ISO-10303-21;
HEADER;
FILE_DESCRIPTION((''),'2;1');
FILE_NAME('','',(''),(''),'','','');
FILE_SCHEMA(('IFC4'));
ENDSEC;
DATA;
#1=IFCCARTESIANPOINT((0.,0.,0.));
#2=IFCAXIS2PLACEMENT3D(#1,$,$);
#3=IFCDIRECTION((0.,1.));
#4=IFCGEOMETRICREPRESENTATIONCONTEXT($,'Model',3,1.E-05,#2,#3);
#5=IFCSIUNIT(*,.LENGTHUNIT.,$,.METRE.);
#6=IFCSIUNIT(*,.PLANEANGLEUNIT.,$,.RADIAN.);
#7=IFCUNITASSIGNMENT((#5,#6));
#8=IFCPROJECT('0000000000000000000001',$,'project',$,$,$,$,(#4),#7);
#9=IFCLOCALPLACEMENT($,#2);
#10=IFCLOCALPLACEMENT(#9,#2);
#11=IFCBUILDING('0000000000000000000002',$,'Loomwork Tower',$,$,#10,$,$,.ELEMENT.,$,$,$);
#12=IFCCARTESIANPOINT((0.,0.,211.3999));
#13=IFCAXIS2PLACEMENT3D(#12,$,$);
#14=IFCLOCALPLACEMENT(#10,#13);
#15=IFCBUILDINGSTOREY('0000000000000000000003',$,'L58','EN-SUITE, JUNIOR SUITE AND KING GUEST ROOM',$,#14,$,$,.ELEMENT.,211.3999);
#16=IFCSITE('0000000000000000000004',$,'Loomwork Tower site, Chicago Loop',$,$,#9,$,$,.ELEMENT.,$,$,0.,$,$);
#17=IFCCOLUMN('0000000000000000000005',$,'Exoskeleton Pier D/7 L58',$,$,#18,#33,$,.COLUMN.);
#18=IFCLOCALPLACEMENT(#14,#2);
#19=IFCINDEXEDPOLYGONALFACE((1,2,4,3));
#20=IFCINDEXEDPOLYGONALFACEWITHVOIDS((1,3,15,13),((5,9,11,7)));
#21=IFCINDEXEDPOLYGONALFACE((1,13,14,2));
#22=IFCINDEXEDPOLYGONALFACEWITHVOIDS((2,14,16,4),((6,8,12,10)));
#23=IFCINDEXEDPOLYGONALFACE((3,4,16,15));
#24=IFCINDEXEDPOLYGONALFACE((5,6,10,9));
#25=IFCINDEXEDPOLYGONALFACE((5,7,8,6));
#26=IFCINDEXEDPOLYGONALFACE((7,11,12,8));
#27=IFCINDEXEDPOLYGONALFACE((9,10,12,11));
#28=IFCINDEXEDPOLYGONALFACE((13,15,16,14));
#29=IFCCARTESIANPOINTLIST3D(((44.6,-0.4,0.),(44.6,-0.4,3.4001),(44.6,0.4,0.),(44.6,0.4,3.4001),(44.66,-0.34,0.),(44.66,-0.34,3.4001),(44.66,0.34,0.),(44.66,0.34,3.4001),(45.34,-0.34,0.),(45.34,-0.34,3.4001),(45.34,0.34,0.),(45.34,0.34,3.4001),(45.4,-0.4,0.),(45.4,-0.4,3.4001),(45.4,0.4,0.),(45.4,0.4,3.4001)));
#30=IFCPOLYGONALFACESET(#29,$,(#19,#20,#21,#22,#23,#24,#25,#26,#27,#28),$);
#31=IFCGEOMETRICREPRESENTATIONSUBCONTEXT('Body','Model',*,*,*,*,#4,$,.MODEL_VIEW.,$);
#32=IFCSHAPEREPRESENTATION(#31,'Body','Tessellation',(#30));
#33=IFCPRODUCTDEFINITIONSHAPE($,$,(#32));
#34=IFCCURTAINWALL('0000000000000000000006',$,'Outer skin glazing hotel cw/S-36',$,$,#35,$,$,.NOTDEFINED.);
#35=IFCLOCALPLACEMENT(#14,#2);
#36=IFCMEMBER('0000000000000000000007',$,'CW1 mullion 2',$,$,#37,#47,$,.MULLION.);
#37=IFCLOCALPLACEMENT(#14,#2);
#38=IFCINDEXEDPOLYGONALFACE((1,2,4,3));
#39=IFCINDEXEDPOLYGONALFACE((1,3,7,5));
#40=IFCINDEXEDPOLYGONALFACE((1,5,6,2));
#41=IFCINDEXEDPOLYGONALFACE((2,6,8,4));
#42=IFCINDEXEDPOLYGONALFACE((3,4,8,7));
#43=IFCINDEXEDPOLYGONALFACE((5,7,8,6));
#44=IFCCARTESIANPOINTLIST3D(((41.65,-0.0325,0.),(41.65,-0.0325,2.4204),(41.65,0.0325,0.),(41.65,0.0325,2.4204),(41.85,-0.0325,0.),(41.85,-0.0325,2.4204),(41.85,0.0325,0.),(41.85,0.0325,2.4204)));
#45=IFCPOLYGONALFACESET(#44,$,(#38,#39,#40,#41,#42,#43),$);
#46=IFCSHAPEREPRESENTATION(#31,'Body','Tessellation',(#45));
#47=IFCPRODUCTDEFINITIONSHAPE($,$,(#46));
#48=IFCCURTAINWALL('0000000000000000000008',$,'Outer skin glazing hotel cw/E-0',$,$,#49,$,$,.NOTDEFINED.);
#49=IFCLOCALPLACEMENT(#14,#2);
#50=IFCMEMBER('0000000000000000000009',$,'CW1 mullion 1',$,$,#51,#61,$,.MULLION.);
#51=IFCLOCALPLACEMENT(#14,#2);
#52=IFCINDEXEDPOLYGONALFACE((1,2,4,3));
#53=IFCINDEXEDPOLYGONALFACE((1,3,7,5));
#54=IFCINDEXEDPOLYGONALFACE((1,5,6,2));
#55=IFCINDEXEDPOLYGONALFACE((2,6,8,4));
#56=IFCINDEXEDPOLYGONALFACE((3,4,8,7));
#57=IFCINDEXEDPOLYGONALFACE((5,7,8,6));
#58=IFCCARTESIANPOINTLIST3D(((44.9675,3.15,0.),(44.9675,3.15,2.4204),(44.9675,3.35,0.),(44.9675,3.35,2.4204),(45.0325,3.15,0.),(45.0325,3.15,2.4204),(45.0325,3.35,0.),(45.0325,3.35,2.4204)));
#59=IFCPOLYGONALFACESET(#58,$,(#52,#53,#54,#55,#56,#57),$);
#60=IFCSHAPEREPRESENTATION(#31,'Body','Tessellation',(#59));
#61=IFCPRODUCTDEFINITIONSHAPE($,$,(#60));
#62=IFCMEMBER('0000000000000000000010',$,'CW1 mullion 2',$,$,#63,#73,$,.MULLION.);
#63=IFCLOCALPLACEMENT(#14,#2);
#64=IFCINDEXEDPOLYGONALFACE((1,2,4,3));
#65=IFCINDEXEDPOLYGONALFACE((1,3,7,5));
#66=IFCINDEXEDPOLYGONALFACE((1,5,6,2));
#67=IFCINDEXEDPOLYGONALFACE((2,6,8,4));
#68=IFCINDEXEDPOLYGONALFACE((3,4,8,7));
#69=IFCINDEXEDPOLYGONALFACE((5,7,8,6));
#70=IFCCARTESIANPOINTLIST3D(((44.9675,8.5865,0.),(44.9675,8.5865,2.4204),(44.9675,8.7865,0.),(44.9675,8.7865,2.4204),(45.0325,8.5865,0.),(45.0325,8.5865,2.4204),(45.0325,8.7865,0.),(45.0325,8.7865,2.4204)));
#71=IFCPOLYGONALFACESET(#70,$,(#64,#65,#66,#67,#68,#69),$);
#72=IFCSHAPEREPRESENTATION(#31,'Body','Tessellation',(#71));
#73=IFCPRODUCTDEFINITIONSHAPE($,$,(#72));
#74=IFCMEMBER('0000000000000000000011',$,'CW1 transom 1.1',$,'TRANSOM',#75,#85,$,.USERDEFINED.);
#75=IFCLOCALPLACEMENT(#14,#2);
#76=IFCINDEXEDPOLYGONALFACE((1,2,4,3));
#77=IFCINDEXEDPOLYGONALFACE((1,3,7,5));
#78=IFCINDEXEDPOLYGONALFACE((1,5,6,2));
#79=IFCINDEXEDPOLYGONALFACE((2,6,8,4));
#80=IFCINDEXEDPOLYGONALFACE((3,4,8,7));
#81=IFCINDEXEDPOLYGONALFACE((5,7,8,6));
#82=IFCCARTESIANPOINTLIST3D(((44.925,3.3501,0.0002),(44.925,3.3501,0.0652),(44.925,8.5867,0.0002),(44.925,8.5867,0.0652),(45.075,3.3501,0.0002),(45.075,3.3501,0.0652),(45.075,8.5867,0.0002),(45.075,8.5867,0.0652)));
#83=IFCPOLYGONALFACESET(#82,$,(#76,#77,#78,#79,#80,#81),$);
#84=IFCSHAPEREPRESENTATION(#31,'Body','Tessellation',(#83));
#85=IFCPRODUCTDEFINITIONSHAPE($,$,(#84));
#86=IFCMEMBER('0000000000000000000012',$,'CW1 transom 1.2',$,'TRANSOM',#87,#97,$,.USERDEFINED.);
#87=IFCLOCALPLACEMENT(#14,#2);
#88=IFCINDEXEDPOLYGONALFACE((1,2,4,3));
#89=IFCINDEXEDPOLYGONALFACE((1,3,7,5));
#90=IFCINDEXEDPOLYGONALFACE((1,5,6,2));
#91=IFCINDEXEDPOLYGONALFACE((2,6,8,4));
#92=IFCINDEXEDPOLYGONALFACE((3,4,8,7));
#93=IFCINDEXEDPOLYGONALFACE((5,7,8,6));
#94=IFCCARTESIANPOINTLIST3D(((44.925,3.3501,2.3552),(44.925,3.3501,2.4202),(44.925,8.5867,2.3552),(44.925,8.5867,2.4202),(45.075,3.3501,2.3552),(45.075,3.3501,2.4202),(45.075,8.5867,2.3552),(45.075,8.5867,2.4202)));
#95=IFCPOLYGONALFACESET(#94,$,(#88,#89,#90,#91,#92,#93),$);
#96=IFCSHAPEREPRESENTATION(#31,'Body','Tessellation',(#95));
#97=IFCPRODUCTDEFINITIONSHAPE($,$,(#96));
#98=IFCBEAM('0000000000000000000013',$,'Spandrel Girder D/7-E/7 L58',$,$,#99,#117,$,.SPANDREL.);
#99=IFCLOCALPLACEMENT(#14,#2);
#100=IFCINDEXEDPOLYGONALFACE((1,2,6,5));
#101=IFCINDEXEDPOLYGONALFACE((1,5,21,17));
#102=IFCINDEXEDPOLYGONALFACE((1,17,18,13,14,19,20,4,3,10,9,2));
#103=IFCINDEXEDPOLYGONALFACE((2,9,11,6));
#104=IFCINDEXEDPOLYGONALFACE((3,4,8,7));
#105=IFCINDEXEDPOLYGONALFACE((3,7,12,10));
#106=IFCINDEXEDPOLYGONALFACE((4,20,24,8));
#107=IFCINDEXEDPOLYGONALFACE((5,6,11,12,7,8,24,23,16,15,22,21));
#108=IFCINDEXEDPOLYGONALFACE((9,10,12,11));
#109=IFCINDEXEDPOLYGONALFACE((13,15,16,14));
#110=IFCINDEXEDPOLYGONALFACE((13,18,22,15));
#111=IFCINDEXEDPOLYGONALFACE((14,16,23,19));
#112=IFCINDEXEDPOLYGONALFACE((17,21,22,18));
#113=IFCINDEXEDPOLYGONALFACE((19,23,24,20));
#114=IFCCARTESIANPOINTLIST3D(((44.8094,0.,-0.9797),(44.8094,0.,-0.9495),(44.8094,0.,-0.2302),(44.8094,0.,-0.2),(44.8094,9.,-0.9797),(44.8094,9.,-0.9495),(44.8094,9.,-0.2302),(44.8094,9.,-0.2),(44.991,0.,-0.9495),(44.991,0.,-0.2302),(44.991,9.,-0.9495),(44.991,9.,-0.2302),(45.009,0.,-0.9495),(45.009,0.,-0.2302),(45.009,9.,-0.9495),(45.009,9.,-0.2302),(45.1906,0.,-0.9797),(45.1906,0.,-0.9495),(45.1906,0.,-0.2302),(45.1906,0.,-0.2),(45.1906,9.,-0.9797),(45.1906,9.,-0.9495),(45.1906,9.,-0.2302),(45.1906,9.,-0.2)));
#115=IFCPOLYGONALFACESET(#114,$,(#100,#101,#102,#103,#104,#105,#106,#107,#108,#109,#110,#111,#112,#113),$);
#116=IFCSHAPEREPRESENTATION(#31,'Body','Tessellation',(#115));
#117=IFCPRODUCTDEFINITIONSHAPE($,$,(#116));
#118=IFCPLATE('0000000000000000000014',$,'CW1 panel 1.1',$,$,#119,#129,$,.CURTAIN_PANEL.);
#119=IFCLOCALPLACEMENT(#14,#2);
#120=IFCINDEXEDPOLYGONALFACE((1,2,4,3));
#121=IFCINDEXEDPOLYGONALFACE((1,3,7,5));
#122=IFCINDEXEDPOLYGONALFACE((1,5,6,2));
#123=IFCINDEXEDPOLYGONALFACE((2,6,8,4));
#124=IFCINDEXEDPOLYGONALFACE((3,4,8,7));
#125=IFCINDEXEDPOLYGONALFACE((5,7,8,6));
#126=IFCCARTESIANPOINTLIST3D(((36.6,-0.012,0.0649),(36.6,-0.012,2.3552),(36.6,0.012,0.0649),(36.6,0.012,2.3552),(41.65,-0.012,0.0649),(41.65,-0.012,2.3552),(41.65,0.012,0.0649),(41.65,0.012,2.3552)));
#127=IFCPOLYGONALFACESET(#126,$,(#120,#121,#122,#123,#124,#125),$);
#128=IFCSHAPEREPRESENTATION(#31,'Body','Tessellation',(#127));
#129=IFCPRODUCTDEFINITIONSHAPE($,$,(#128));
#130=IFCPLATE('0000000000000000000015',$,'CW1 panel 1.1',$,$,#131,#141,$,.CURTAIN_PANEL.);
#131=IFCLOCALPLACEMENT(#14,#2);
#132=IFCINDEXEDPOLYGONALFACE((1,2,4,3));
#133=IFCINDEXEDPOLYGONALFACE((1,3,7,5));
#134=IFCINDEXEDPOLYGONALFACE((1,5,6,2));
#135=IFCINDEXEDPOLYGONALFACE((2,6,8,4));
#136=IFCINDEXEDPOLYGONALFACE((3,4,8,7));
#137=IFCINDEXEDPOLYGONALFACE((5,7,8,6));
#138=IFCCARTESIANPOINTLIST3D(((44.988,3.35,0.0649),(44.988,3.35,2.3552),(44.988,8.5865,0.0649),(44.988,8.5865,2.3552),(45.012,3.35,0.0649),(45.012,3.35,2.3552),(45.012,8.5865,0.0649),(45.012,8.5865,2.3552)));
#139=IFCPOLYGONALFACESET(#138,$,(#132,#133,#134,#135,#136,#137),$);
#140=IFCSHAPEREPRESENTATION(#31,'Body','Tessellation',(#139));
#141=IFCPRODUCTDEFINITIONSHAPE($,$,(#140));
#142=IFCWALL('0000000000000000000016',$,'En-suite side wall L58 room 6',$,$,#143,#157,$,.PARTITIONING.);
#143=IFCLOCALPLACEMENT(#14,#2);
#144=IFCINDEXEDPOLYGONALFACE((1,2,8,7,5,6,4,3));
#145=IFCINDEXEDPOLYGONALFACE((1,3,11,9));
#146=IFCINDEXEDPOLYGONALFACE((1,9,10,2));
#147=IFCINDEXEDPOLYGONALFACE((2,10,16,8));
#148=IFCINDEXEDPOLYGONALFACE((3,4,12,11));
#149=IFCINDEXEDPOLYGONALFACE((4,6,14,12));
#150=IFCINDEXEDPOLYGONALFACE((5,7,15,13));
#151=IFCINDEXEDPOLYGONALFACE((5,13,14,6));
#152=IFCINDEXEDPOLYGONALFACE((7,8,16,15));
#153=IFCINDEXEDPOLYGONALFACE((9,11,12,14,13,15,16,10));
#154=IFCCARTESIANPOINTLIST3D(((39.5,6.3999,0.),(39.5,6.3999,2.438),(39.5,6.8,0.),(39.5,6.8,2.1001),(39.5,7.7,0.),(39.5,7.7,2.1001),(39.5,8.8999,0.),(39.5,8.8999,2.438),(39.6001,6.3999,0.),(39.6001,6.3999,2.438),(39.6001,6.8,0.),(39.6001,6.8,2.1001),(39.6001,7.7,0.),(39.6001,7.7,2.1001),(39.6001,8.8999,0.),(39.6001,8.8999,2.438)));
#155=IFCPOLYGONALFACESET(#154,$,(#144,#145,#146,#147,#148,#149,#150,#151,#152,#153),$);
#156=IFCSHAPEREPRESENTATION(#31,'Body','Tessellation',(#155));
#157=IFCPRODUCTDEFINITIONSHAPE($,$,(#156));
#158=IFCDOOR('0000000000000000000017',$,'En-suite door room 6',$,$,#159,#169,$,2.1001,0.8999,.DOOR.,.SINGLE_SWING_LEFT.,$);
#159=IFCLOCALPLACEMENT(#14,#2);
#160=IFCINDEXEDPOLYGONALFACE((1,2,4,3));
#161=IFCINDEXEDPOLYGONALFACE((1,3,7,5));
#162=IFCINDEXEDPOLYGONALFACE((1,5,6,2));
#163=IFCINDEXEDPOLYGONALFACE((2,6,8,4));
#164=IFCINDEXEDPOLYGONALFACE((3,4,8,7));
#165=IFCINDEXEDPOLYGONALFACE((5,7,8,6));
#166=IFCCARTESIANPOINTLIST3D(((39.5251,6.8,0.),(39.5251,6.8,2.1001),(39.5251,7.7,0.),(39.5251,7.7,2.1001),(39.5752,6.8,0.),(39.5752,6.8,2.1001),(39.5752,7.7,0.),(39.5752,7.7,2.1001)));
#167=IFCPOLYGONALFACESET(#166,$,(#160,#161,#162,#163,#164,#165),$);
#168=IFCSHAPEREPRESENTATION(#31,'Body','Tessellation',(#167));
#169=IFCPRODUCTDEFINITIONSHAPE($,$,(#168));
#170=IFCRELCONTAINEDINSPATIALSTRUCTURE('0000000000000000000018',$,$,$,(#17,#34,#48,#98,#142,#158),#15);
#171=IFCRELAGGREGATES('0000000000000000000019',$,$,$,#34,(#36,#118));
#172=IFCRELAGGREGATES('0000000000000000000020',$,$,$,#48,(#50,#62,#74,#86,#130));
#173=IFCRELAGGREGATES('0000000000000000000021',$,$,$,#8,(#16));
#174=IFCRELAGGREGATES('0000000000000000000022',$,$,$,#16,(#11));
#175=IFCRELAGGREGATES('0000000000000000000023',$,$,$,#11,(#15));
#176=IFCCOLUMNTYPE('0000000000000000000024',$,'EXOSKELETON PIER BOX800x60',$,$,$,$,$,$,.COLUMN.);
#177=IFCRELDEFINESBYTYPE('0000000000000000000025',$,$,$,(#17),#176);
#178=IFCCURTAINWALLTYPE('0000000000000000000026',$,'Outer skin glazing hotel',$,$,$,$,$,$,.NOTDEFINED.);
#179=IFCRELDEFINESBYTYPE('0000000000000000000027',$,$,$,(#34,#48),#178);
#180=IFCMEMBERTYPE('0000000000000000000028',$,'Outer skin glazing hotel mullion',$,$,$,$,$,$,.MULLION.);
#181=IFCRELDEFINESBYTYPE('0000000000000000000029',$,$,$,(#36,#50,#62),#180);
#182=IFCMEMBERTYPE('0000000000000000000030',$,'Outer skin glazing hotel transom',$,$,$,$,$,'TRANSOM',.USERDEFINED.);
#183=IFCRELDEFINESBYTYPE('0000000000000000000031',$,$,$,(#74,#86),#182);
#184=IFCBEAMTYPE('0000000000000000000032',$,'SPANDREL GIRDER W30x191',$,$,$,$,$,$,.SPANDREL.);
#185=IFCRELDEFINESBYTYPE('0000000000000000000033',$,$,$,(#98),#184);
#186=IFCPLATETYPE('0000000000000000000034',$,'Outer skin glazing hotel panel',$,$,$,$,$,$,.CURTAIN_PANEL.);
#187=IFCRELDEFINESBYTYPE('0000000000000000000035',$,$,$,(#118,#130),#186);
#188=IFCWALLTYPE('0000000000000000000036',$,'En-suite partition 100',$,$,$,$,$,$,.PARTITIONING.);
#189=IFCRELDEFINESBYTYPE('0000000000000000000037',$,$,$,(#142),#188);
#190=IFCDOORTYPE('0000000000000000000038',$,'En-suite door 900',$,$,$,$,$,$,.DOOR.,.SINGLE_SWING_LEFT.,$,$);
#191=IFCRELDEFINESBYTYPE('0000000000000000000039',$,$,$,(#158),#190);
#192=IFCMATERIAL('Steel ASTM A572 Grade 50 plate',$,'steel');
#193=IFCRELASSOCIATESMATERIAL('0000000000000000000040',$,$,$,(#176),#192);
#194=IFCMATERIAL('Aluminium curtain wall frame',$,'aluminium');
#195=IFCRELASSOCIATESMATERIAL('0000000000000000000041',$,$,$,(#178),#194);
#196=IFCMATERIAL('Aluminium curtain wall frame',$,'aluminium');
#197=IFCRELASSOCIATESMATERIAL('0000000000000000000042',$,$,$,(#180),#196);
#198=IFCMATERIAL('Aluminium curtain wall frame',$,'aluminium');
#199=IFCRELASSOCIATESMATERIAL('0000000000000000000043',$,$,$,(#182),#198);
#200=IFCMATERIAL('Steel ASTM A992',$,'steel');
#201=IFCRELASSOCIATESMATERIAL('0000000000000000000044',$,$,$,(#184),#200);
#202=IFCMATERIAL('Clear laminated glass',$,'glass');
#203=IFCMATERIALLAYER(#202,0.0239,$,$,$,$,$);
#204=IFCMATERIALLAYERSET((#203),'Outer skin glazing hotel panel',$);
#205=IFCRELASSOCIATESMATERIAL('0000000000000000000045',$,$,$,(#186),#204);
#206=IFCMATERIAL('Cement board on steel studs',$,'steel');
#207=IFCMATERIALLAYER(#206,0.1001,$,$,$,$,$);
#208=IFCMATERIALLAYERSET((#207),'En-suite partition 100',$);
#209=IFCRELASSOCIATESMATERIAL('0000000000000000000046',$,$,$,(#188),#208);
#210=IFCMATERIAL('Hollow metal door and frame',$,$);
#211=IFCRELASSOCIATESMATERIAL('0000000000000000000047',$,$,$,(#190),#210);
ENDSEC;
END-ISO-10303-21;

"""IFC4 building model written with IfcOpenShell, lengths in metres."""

from ifc_helpers import new_model, si_unit, direction, frame, frame_2d, origin, origin_2d, place, context, subcontext, project, spatial, rectangle, hollow_rectangle, i_section, extrude, material, layer, layer_set, material_profile, profile_set, type_object, element, fill, aggregate, save


model = new_model("IFC4")

# Units and contexts
model_context = context("Model", 3, precision=1e-05, world=origin(), true_north=direction((0.0, 1.0)))
body_context = subcontext(model_context, "Body", "Model", "MODEL_VIEW")
ifc_project = project(units=[si_unit("LENGTHUNIT", "METRE"), si_unit("PLANEANGLEUNIT", "RADIAN")], contexts=[model_context])

# Site, building, storey
site_placement = place(None, origin())
site = spatial("IfcSite", under=ifc_project, at=site_placement, Name="Loomwork Tower site, Chicago Loop", CompositionType="ELEMENT", RefElevation=0.0)
building_placement = place(site_placement, origin())
building = spatial("IfcBuilding", under=site, at=building_placement, Name="Loomwork Tower", CompositionType="ELEMENT")
storey_placement = place(building_placement, frame((0.0, 0.0, 211.3999)))
storey = spatial("IfcBuildingStorey", under=building, at=storey_placement, Name="L58", Description="EN-SUITE, JUNIOR SUITE AND KING GUEST ROOM", CompositionType="ELEMENT", Elevation=211.3999)

# Column
ifc_material_1 = material(Name="Steel ASTM A572 Grade 50 plate", Category="steel")
ifc_material_profile_1 = material_profile(ifc_material_1, hollow_rectangle(XDim=0.8, YDim=0.8, WallThickness=0.0601, at=origin_2d()), Name="BOX800x60")
ifc_profile_set_1 = profile_set([ifc_material_profile_1], Name="Steel ASTM A572 Grade 50 plate")
column_type = type_object("IfcColumnType", Name="EXOSKELETON PIER BOX800x60", PredefinedType="COLUMN", material=ifc_profile_set_1)
column_placement = place(storey_placement, frame((45.0, 0.0, 0.0), z_axis=(0.0, 0.0, 1.0), x_axis=(1.0, 0.0, 0.0)))
element("IfcColumn", 1, at=column_placement, inside=storey, type_object=column_type, Name="Exoskeleton Pier D/7 L58", PredefinedType="COLUMN", context=body_context, shape_type="SweptSolid", body=[
    extrude(hollow_rectangle(XDim=0.8, YDim=0.8, WallThickness=0.0601, at=origin_2d()), origin(), (0.0, 0.0, 1.0), 3.4001),
])

# Curtain wall, member
ifc_material_2 = material(Name="Aluminium curtain wall frame", Category="aluminium")
curtain_wall_type = type_object("IfcCurtainWallType", Name="Outer skin glazing hotel", PredefinedType="NOTDEFINED", material=ifc_material_2)
curtain_wall_1_placement = place(storey_placement, origin())
curtain_wall_1 = element("IfcCurtainWall", 2, at=curtain_wall_1_placement, inside=storey, type_object=curtain_wall_type, Name="Outer skin glazing hotel cw/S-36", PredefinedType="NOTDEFINED")
ifc_material_3 = material(Name="Aluminium curtain wall frame", Category="aluminium")
ifc_material_profile_2 = material_profile(ifc_material_3, rectangle(XDim=0.0649, YDim=0.2, at=origin_2d()), Name="AL 65x200")
ifc_profile_set_2 = profile_set([ifc_material_profile_2], Name="Aluminium curtain wall frame")
member_type_1 = type_object("IfcMemberType", Name="Outer skin glazing hotel mullion", PredefinedType="MULLION", material=ifc_profile_set_2)
member_1_placement = place(storey_placement, frame((41.75, 0.0, 0.0), z_axis=(0.0, 0.0, 1.0), x_axis=(0.0, 1.0, 0.0)))
member_1 = element("IfcMember", 3, at=member_1_placement, type_object=member_type_1, Name="CW1 mullion 2", PredefinedType="MULLION", context=body_context, shape_type="SweptSolid", body=[
    extrude(rectangle(XDim=0.0649, YDim=0.2, at=origin_2d()), origin(), (0.0, 0.0, 1.0), 2.4204),
])

# Curtain wall, members
curtain_wall_2_placement = place(storey_placement, origin())
curtain_wall_2 = element("IfcCurtainWall", 4, at=curtain_wall_2_placement, inside=storey, type_object=curtain_wall_type, Name="Outer skin glazing hotel cw/E-0", PredefinedType="NOTDEFINED")
member_2_placement = place(storey_placement, frame((45.0, 3.25, 0.0), z_axis=(0.0, 0.0, 1.0), x_axis=(-1.0, 0.0, 0.0)))
member_2 = element("IfcMember", 5, at=member_2_placement, type_object=member_type_1, Name="CW1 mullion 1", PredefinedType="MULLION", context=body_context, shape_type="SweptSolid", body=[
    extrude(rectangle(XDim=0.0649, YDim=0.2, at=origin_2d()), origin(), (0.0, 0.0, 1.0), 2.4204),
])
member_3_placement = place(storey_placement, frame((45.0, 8.6865, 0.0), z_axis=(0.0, 0.0, 1.0), x_axis=(-1.0, 0.0, 0.0)))
member_3 = element("IfcMember", 6, at=member_3_placement, type_object=member_type_1, Name="CW1 mullion 2", PredefinedType="MULLION", context=body_context, shape_type="SweptSolid", body=[
    extrude(rectangle(XDim=0.0649, YDim=0.2, at=origin_2d()), origin(), (0.0, 0.0, 1.0), 2.4204),
])
ifc_material_4 = material(Name="Aluminium curtain wall frame", Category="aluminium")
ifc_material_profile_3 = material_profile(ifc_material_4, rectangle(XDim=0.1499, YDim=0.0649, at=origin_2d()), Name="AL 65x150")
ifc_profile_set_3 = profile_set([ifc_material_profile_3], Name="Aluminium curtain wall frame")
member_type_2 = type_object("IfcMemberType", Name="Outer skin glazing hotel transom", ElementType="TRANSOM", PredefinedType="USERDEFINED", material=ifc_profile_set_3)
member_4_placement = place(storey_placement, frame((45.0, 3.3501, 0.0327), z_axis=(0.0, 1.0, 0.0), x_axis=(-1.0, 0.0, 0.0)))
member_4 = element("IfcMember", 7, at=member_4_placement, type_object=member_type_2, Name="CW1 transom 1.1", ObjectType="TRANSOM", PredefinedType="USERDEFINED", context=body_context, shape_type="SweptSolid", body=[
    extrude(rectangle(XDim=0.1499, YDim=0.0649, at=origin_2d()), origin(), (0.0, 0.0, 1.0), 5.2366),
])
member_5_placement = place(storey_placement, frame((45.0, 3.3501, 2.3877), z_axis=(0.0, 1.0, 0.0), x_axis=(-1.0, 0.0, 0.0)))
member_5 = element("IfcMember", 8, at=member_5_placement, type_object=member_type_2, Name="CW1 transom 1.2", ObjectType="TRANSOM", PredefinedType="USERDEFINED", context=body_context, shape_type="SweptSolid", body=[
    extrude(rectangle(XDim=0.1499, YDim=0.0649, at=origin_2d()), origin(), (0.0, 0.0, 1.0), 5.2366),
])

# Beam
ifc_material_5 = material(Name="Steel ASTM A992", Category="steel")
ifc_material_profile_4 = material_profile(ifc_material_5, i_section(OverallWidth=0.3811, OverallDepth=0.7798, WebThickness=0.0181, FlangeThickness=0.0303, at=origin_2d()), Name="W30x191")
ifc_profile_set_4 = profile_set([ifc_material_profile_4], Name="Steel ASTM A992")
beam_type = type_object("IfcBeamType", Name="SPANDREL GIRDER W30x191", PredefinedType="SPANDREL", material=ifc_profile_set_4)
beam_placement = place(storey_placement, frame((45.0, 0.0, -0.5898), z_axis=(0.0, 1.0, 0.0), x_axis=(-1.0, 0.0, 0.0)))
element("IfcBeam", 9, at=beam_placement, inside=storey, type_object=beam_type, Name="Spandrel Girder D/7-E/7 L58", PredefinedType="SPANDREL", context=body_context, shape_type="SweptSolid", body=[
    extrude(i_section(OverallWidth=0.3811, OverallDepth=0.7798, WebThickness=0.0181, FlangeThickness=0.0303, at=origin_2d()), origin(), (0.0, 0.0, 1.0), 9.0),
])

# Plates
ifc_material_6 = material(Name="Clear laminated glass", Category="glass")
ifc_layer_1 = layer(ifc_material_6, 0.0239)
ifc_layer_set_1 = layer_set([ifc_layer_1], Name="Outer skin glazing hotel panel")
plate_type = type_object("IfcPlateType", Name="Outer skin glazing hotel panel", PredefinedType="CURTAIN_PANEL", material=ifc_layer_set_1)
plate_1_placement = place(storey_placement, frame((39.125, 0.0, 0.0649), z_axis=(0.0, 0.0, 1.0), x_axis=(1.0, 0.0, 0.0)))
plate_1 = element("IfcPlate", 10, at=plate_1_placement, type_object=plate_type, Name="CW1 panel 1.1", PredefinedType="CURTAIN_PANEL", context=body_context, shape_type="SweptSolid", body=[
    extrude(rectangle(XDim=5.05, YDim=0.0239, at=origin_2d()), origin(), (0.0, 0.0, 1.0), 2.2903),
])
aggregate(curtain_wall_1, [member_1, plate_1])
plate_2_placement = place(storey_placement, frame((45.0, 5.9683, 0.0649), z_axis=(0.0, 0.0, 1.0), x_axis=(0.0, 1.0, 0.0)))
plate_2 = element("IfcPlate", 11, at=plate_2_placement, type_object=plate_type, Name="CW1 panel 1.1", PredefinedType="CURTAIN_PANEL", context=body_context, shape_type="SweptSolid", body=[
    extrude(rectangle(XDim=5.2366, YDim=0.0239, at=origin_2d()), origin(), (0.0, 0.0, 1.0), 2.2903),
])
aggregate(curtain_wall_2, [member_2, member_3, member_4, member_5, plate_2])

# Wall, opening, door
ifc_material_7 = material(Name="Cement board on steel studs", Category="steel")
ifc_layer_2 = layer(ifc_material_7, 0.1001)
ifc_layer_set_2 = layer_set([ifc_layer_2], Name="En-suite partition 100")
wall_type_1 = type_object("IfcWallType", Name="En-suite partition 100", PredefinedType="PARTITIONING", material=ifc_layer_set_2)
wall_1_placement = place(storey_placement, frame((39.55, 8.8999, 0.0), z_axis=(0.0, 0.0, 1.0), x_axis=(0.0, -1.0, 0.0)))
wall_1 = element("IfcWall", 12, at=wall_1_placement, inside=storey, type_object=wall_type_1, Name="En-suite side wall L58 room 6", PredefinedType="PARTITIONING", context=body_context, shape_type="SweptSolid", body=[
    extrude(rectangle(XDim=2.5, YDim=0.1001, at=frame_2d((1.25, 0.0))), origin(), (0.0, 0.0, 1.0), 2.438),
])
opening_1_placement = place(wall_1_placement, frame((1.2, 0.0, 0.0)))
opening_1 = element("IfcOpeningElement", 13, at=opening_1_placement, cuts=wall_1, PredefinedType="OPENING", context=body_context, shape_type="SweptSolid", body=[
    extrude(rectangle(XDim=0.8999, YDim=2.1001, at=frame_2d((0.45, 1.05))), frame((0.0, 0.0601, 0.0), z_axis=(0.0, -1.0, 0.0), x_axis=(1.0, 0.0, 0.0)), (0.0, 0.0, 1.0), 0.1201),
])
ifc_material_8 = material(Name="Hollow metal door and frame")
door_type = type_object("IfcDoorType", Name="En-suite door 900", OperationType="SINGLE_SWING_LEFT", PredefinedType="DOOR", material=ifc_material_8)
door_placement = place(opening_1_placement, frame((0.8999, 0.0, 0.0), z_axis=(0.0, 0.0, 1.0), x_axis=(-1.0, 0.0, 0.0)))
door = element("IfcDoor", 14, at=door_placement, inside=storey, type_object=door_type, Name="En-suite door room 6", OperationType="SINGLE_SWING_LEFT", OverallHeight=2.1001, OverallWidth=0.8999, PredefinedType="DOOR", context=body_context, shape_type="SweptSolid", body=[
    extrude(rectangle(XDim=0.8999, YDim=2.1001, at=frame_2d((0.45, 1.05))), frame((0.0, 0.0249, 0.0), z_axis=(0.0, -1.0, 0.0), x_axis=(1.0, 0.0, 0.0)), (0.0, 0.0, 1.0), 0.05),
])
fill(opening_1, door)

save(model, "model.ifc")
